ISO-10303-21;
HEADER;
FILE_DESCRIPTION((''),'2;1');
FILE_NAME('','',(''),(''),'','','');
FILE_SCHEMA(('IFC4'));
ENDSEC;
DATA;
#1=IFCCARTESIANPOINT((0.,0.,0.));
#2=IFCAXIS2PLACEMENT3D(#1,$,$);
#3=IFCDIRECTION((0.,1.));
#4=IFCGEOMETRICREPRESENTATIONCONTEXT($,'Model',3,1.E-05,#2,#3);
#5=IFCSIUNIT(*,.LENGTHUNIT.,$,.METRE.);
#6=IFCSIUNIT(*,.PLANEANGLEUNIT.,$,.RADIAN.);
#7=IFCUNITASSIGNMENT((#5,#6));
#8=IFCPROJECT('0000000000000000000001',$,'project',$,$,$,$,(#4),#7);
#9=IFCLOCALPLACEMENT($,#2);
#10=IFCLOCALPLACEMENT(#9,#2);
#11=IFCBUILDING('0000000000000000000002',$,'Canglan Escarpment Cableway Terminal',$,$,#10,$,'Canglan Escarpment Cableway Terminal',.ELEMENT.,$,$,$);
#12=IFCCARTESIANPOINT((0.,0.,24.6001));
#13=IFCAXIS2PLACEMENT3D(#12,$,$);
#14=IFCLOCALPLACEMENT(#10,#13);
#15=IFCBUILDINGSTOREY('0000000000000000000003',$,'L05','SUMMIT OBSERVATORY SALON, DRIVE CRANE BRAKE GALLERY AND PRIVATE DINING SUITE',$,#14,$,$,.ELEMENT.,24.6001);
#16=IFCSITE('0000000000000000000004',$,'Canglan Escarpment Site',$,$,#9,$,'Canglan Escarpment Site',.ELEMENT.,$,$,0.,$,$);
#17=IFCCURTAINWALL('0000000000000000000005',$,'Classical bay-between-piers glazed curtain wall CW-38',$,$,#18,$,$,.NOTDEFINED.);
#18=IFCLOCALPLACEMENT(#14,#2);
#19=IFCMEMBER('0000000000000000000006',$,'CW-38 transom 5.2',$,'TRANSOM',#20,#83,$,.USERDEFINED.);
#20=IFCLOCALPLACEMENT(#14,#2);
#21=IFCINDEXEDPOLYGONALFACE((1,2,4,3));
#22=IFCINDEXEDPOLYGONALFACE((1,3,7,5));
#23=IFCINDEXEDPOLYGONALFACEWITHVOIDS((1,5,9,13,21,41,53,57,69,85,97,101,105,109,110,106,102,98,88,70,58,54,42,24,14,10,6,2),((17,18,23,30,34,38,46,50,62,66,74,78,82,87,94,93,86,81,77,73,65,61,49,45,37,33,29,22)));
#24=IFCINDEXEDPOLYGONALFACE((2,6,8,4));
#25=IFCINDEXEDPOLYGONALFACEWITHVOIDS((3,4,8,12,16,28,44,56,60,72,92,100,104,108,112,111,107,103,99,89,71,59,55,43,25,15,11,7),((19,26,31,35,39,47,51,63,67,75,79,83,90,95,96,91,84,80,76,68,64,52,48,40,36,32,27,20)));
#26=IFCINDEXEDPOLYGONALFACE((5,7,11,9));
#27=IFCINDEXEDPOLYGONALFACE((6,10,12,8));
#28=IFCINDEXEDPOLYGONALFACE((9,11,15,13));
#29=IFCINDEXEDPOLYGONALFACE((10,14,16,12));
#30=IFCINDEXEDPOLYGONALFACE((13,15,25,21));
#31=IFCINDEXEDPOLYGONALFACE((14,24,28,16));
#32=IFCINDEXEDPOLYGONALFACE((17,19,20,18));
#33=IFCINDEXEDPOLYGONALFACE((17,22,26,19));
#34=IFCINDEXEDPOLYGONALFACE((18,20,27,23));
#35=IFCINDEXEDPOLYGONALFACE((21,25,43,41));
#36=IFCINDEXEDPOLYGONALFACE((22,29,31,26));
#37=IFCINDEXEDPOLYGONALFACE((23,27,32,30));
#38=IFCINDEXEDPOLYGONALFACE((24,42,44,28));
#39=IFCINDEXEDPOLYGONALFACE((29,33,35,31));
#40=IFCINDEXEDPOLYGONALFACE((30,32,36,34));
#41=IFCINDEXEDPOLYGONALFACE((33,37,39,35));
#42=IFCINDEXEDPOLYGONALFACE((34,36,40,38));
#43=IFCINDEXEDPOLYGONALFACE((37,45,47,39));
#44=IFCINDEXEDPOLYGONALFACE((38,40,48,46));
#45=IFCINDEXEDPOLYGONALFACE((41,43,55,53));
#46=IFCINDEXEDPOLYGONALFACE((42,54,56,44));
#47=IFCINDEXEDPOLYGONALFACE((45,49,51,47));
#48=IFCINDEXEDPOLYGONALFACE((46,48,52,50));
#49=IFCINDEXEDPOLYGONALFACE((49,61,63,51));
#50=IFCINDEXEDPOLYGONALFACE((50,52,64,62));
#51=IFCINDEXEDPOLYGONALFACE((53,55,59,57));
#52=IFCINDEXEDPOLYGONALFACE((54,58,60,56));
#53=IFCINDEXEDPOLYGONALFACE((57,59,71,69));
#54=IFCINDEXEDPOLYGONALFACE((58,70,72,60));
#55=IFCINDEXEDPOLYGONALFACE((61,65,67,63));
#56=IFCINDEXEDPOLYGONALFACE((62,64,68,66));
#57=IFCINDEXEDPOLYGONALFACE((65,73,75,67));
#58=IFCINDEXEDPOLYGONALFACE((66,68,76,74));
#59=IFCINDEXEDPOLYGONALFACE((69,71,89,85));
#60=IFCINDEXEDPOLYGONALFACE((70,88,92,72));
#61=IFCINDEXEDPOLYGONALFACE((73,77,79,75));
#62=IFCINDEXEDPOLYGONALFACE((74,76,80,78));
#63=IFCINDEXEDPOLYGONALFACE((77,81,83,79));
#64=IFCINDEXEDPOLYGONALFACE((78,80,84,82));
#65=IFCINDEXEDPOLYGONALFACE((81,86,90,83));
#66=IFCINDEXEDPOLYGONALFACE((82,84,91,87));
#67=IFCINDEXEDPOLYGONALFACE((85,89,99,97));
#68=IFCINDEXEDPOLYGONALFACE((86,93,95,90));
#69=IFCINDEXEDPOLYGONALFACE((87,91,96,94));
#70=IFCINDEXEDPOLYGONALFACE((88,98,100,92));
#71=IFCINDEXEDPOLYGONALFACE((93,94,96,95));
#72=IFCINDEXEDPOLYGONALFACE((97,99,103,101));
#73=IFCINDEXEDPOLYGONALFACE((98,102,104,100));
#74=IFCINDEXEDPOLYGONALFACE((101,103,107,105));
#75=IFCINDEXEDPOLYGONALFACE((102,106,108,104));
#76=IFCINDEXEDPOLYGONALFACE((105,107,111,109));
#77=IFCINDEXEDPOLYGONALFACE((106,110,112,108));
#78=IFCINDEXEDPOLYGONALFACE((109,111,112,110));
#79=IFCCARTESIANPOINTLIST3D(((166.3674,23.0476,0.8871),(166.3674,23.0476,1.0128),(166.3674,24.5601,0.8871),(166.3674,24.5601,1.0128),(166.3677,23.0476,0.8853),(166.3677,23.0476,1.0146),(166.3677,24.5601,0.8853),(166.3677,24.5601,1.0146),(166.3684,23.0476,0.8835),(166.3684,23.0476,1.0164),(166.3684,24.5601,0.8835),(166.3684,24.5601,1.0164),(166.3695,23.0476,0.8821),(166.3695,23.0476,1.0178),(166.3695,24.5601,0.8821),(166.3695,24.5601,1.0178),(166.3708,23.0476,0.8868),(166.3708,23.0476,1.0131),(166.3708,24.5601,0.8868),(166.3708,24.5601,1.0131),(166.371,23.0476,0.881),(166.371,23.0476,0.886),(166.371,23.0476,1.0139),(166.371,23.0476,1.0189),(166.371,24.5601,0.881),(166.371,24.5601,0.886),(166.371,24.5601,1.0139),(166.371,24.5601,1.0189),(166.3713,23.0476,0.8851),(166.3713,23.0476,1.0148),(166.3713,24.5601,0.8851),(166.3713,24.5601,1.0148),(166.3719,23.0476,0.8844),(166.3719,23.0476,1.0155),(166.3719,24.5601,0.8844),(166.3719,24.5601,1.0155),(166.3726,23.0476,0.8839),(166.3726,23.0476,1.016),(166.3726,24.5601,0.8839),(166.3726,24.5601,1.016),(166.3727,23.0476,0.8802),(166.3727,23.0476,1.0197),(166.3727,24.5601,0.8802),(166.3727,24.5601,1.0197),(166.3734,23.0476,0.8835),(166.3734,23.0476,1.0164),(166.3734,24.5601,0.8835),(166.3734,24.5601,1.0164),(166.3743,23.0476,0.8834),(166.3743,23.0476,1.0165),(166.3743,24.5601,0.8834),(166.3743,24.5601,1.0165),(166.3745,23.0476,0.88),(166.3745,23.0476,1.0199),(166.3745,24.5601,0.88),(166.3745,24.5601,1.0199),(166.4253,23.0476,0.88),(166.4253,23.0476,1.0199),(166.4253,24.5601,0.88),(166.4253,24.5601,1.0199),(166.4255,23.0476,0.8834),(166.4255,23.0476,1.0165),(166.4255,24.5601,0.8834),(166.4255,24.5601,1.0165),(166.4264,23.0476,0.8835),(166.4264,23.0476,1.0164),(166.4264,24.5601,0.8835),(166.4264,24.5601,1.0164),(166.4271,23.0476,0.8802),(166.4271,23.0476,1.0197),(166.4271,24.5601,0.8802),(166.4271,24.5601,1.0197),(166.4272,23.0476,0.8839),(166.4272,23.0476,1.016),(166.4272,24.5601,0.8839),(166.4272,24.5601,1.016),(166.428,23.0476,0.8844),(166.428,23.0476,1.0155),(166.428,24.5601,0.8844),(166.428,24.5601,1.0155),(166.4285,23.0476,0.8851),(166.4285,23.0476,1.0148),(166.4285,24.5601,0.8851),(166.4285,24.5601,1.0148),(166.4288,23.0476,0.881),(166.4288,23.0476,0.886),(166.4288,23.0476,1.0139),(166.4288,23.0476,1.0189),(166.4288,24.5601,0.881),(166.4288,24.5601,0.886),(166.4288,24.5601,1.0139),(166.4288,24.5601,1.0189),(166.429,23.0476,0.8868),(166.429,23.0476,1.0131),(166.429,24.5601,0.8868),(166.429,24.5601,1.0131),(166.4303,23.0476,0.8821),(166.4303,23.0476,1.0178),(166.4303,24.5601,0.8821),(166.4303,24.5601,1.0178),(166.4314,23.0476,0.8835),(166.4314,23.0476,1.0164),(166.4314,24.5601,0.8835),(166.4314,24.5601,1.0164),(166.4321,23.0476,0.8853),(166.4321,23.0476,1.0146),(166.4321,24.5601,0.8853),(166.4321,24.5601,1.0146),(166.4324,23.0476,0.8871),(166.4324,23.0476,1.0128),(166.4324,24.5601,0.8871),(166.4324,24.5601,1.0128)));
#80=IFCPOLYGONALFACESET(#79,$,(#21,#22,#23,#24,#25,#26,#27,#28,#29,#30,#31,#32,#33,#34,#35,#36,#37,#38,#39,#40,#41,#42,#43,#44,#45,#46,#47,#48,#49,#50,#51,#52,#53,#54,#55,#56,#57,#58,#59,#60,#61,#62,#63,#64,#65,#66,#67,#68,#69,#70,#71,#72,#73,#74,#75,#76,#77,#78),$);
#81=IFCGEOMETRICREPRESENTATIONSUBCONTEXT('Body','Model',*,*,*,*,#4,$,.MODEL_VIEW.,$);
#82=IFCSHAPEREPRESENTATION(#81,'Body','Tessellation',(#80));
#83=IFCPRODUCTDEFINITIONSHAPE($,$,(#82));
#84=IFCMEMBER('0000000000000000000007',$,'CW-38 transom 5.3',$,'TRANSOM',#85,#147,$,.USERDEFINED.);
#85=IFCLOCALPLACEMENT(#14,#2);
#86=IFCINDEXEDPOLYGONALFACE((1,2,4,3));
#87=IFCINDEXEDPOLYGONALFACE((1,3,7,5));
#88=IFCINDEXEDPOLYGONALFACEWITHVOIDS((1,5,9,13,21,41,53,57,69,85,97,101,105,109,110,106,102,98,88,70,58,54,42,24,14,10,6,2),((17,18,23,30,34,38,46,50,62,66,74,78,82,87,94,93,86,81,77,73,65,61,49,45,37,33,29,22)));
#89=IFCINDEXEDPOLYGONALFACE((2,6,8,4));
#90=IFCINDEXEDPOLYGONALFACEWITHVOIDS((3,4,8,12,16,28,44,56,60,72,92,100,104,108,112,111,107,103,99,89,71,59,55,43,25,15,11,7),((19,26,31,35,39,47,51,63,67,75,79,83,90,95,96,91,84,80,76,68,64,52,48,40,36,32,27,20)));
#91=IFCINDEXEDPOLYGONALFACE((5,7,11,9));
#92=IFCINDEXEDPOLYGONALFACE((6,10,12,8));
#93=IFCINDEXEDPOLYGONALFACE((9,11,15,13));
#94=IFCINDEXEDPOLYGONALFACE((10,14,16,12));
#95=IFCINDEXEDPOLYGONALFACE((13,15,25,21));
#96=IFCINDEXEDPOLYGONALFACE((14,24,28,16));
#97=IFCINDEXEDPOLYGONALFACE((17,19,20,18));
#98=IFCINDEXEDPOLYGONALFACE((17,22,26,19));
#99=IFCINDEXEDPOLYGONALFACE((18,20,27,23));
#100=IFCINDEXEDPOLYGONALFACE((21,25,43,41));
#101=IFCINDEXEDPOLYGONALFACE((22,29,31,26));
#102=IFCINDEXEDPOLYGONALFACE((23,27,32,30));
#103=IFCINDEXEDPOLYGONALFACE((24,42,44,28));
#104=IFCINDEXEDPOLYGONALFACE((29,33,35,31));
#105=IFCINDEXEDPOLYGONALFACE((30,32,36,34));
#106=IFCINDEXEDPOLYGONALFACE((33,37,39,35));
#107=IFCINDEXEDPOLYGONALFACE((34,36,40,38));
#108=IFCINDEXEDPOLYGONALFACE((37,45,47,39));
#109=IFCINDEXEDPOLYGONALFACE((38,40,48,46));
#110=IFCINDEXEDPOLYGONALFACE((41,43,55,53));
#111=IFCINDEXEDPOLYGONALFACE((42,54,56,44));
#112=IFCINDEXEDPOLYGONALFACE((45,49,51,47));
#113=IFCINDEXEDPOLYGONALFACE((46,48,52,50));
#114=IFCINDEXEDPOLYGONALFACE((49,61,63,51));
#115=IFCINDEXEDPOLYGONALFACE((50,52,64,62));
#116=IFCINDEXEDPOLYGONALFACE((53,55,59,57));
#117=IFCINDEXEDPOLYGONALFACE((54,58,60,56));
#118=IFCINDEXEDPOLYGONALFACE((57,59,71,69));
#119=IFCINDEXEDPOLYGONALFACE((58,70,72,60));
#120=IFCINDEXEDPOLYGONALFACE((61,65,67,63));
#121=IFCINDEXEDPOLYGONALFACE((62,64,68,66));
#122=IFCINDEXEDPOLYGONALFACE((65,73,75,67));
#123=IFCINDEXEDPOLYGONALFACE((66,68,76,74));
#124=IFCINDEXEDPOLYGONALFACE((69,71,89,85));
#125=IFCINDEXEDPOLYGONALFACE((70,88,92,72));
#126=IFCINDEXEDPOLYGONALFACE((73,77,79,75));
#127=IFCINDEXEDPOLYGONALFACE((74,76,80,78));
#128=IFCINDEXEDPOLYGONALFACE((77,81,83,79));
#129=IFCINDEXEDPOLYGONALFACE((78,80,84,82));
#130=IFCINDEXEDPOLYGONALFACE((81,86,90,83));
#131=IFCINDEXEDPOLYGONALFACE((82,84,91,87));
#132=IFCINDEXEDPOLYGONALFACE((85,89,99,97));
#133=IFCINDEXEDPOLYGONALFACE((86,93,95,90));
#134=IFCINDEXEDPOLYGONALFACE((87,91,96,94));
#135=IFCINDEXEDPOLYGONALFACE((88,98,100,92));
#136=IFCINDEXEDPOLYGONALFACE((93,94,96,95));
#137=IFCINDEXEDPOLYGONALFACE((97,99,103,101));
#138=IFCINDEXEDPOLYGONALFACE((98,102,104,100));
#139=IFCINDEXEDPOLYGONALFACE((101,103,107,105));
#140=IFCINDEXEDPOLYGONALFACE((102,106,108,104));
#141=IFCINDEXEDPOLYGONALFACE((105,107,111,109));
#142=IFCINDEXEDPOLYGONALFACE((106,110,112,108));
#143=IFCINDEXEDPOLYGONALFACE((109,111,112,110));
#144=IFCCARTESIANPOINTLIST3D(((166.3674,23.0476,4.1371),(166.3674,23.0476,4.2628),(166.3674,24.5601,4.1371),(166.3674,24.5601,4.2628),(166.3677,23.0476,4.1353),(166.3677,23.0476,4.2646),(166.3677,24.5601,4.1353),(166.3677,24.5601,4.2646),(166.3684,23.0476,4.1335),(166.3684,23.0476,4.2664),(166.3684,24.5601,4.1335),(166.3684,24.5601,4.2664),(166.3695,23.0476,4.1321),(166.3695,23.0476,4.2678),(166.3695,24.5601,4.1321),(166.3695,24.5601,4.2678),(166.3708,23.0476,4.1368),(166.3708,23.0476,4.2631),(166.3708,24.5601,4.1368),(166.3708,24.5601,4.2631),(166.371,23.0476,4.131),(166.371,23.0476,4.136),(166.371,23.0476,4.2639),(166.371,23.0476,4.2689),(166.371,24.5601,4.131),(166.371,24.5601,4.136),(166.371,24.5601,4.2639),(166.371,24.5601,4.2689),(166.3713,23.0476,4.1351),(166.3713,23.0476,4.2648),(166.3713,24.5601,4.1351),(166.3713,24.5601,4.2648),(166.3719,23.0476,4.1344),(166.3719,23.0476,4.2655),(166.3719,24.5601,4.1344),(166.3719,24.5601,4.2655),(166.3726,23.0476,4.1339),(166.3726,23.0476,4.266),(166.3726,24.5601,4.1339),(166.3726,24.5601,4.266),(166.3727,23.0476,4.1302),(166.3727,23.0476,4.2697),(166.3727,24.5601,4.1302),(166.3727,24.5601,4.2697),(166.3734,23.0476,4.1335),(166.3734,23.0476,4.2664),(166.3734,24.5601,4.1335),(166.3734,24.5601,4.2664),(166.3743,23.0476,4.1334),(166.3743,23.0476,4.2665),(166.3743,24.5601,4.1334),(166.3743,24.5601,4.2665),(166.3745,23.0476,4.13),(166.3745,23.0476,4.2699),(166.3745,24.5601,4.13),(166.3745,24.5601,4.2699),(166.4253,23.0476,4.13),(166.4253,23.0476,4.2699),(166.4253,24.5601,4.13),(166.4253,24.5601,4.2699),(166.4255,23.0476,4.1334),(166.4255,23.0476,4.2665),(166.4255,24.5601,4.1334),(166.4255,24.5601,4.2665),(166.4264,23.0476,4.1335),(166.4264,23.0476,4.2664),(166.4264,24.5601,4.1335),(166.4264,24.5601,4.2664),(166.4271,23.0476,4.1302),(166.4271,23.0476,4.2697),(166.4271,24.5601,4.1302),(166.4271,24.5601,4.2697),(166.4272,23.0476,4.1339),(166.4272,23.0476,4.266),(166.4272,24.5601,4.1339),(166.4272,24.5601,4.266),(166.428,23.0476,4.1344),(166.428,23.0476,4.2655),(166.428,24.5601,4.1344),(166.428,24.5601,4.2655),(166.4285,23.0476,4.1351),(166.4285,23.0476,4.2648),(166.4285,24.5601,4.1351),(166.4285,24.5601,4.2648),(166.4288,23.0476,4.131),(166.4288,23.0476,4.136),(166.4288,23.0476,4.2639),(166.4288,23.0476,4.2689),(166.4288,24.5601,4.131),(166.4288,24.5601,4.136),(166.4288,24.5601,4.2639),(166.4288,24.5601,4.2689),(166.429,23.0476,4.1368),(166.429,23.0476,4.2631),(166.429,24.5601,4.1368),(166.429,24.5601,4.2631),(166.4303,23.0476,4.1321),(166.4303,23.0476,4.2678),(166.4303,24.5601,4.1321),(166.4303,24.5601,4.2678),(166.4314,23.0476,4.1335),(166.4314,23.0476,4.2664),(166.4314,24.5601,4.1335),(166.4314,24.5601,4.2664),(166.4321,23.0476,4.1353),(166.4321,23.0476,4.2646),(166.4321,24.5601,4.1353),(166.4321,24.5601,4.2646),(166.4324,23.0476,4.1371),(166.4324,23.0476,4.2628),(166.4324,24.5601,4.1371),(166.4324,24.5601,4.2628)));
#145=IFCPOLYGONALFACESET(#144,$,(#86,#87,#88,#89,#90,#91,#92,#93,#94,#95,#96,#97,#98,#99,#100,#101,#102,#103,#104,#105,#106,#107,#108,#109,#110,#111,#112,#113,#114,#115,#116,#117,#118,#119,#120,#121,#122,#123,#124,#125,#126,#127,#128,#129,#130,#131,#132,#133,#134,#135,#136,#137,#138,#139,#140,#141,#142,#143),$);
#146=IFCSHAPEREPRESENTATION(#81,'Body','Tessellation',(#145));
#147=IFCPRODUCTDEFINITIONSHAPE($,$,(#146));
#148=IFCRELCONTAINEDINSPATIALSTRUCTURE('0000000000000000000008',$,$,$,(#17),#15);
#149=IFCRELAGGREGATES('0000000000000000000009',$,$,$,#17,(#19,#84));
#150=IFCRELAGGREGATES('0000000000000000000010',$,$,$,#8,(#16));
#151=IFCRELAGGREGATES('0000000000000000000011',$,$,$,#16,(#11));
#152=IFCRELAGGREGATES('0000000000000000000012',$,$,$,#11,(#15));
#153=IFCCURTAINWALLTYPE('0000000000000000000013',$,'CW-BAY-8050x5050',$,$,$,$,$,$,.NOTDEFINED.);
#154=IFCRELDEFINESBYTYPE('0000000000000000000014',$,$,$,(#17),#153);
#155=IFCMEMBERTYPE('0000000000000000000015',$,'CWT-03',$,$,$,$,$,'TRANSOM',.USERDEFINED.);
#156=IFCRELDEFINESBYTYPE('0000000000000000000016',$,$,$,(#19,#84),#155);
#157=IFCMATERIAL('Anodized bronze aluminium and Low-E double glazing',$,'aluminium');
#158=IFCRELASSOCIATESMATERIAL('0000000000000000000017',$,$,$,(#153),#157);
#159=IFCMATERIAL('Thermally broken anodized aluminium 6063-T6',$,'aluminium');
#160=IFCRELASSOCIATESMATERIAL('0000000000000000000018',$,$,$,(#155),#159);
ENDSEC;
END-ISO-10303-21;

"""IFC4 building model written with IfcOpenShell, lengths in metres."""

from ifc_helpers import new_model, si_unit, direction, frame, origin, origin_2d, place, context, subcontext, project, spatial, hollow_rectangle, extrude, material, material_profile, profile_set, type_object, element, aggregate, save


model = new_model("IFC4")

# Units and contexts
model_context = context("Model", 3, precision=1e-05, world=origin(), true_north=direction((0.0, 1.0)))
body_context = subcontext(model_context, "Body", "Model", "MODEL_VIEW")
ifc_project = project(units=[si_unit("LENGTHUNIT", "METRE"), si_unit("PLANEANGLEUNIT", "RADIAN")], contexts=[model_context])

# Site, building, storey
site_placement = place(None, origin())
site = spatial("IfcSite", under=ifc_project, at=site_placement, Name="Canglan Escarpment Site", LongName="Canglan Escarpment Site", CompositionType="ELEMENT", RefElevation=0.0)
building_placement = place(site_placement, origin())
building = spatial("IfcBuilding", under=site, at=building_placement, Name="Canglan Escarpment Cableway Terminal", LongName="Canglan Escarpment Cableway Terminal", CompositionType="ELEMENT")
storey_placement = place(building_placement, frame((0.0, 0.0, 24.6001)))
storey = spatial("IfcBuildingStorey", under=building, at=storey_placement, Name="L05", Description="SUMMIT OBSERVATORY SALON, DRIVE CRANE BRAKE GALLERY AND PRIVATE DINING SUITE", CompositionType="ELEMENT", Elevation=24.6001)

# Curtain wall, members
ifc_material_1 = material(Name="Anodized bronze aluminium and Low-E double glazing", Category="aluminium")
curtain_wall_type = type_object("IfcCurtainWallType", Name="CW-BAY-8050x5050", PredefinedType="NOTDEFINED", material=ifc_material_1)
curtain_wall_placement = place(storey_placement, origin())
curtain_wall = element("IfcCurtainWall", 1, at=curtain_wall_placement, inside=storey, type_object=curtain_wall_type, Name="Classical bay-between-piers glazed curtain wall CW-38", PredefinedType="NOTDEFINED")
ifc_material_2 = material(Name="Thermally broken anodized aluminium 6063-T6", Category="aluminium")
ifc_material_profile_1 = material_profile(ifc_material_2, hollow_rectangle(XDim=0.0649, YDim=0.1399, WallThickness=0.0034, InnerFilletRadius=0.0034, OuterFilletRadius=0.0071, at=origin_2d()), Name="ALU-TRAN 65x140x3.5")
ifc_profile_set_1 = profile_set([ifc_material_profile_1], Name="Thermally broken anodized aluminium 6063-T6")
member_type_1 = type_object("IfcMemberType", Name="CWT-03", ElementType="TRANSOM", PredefinedType="USERDEFINED", material=ifc_profile_set_1)
member_1_placement = place(storey_placement, frame((166.3999, 23.0476, 0.95), z_axis=(0.0, 1.0, 0.0), x_axis=(-1.0, 0.0, 0.0)))
member_1 = element("IfcMember", 2, at=member_1_placement, type_object=member_type_1, Name="CW-38 transom 5.2", ObjectType="TRANSOM", PredefinedType="USERDEFINED", context=body_context, shape_type="SweptSolid", body=[
    extrude(hollow_rectangle(XDim=0.0649, YDim=0.1399, WallThickness=0.0034, InnerFilletRadius=0.0034, OuterFilletRadius=0.0071, at=origin_2d()), origin(), (0.0, 0.0, 1.0), 1.5125),
])
member_2_placement = place(storey_placement, frame((166.3999, 23.0476, 4.2), z_axis=(0.0, 1.0, 0.0), x_axis=(-1.0, 0.0, 0.0)))
member_2 = element("IfcMember", 3, at=member_2_placement, type_object=member_type_1, Name="CW-38 transom 5.3", ObjectType="TRANSOM", PredefinedType="USERDEFINED", context=body_context, shape_type="SweptSolid", body=[
    extrude(hollow_rectangle(XDim=0.0649, YDim=0.1399, WallThickness=0.0034, InnerFilletRadius=0.0034, OuterFilletRadius=0.0071, at=origin_2d()), origin(), (0.0, 0.0, 1.0), 1.5125),
])
aggregate(curtain_wall, [member_1, member_2])

save(model, "model.ifc")
